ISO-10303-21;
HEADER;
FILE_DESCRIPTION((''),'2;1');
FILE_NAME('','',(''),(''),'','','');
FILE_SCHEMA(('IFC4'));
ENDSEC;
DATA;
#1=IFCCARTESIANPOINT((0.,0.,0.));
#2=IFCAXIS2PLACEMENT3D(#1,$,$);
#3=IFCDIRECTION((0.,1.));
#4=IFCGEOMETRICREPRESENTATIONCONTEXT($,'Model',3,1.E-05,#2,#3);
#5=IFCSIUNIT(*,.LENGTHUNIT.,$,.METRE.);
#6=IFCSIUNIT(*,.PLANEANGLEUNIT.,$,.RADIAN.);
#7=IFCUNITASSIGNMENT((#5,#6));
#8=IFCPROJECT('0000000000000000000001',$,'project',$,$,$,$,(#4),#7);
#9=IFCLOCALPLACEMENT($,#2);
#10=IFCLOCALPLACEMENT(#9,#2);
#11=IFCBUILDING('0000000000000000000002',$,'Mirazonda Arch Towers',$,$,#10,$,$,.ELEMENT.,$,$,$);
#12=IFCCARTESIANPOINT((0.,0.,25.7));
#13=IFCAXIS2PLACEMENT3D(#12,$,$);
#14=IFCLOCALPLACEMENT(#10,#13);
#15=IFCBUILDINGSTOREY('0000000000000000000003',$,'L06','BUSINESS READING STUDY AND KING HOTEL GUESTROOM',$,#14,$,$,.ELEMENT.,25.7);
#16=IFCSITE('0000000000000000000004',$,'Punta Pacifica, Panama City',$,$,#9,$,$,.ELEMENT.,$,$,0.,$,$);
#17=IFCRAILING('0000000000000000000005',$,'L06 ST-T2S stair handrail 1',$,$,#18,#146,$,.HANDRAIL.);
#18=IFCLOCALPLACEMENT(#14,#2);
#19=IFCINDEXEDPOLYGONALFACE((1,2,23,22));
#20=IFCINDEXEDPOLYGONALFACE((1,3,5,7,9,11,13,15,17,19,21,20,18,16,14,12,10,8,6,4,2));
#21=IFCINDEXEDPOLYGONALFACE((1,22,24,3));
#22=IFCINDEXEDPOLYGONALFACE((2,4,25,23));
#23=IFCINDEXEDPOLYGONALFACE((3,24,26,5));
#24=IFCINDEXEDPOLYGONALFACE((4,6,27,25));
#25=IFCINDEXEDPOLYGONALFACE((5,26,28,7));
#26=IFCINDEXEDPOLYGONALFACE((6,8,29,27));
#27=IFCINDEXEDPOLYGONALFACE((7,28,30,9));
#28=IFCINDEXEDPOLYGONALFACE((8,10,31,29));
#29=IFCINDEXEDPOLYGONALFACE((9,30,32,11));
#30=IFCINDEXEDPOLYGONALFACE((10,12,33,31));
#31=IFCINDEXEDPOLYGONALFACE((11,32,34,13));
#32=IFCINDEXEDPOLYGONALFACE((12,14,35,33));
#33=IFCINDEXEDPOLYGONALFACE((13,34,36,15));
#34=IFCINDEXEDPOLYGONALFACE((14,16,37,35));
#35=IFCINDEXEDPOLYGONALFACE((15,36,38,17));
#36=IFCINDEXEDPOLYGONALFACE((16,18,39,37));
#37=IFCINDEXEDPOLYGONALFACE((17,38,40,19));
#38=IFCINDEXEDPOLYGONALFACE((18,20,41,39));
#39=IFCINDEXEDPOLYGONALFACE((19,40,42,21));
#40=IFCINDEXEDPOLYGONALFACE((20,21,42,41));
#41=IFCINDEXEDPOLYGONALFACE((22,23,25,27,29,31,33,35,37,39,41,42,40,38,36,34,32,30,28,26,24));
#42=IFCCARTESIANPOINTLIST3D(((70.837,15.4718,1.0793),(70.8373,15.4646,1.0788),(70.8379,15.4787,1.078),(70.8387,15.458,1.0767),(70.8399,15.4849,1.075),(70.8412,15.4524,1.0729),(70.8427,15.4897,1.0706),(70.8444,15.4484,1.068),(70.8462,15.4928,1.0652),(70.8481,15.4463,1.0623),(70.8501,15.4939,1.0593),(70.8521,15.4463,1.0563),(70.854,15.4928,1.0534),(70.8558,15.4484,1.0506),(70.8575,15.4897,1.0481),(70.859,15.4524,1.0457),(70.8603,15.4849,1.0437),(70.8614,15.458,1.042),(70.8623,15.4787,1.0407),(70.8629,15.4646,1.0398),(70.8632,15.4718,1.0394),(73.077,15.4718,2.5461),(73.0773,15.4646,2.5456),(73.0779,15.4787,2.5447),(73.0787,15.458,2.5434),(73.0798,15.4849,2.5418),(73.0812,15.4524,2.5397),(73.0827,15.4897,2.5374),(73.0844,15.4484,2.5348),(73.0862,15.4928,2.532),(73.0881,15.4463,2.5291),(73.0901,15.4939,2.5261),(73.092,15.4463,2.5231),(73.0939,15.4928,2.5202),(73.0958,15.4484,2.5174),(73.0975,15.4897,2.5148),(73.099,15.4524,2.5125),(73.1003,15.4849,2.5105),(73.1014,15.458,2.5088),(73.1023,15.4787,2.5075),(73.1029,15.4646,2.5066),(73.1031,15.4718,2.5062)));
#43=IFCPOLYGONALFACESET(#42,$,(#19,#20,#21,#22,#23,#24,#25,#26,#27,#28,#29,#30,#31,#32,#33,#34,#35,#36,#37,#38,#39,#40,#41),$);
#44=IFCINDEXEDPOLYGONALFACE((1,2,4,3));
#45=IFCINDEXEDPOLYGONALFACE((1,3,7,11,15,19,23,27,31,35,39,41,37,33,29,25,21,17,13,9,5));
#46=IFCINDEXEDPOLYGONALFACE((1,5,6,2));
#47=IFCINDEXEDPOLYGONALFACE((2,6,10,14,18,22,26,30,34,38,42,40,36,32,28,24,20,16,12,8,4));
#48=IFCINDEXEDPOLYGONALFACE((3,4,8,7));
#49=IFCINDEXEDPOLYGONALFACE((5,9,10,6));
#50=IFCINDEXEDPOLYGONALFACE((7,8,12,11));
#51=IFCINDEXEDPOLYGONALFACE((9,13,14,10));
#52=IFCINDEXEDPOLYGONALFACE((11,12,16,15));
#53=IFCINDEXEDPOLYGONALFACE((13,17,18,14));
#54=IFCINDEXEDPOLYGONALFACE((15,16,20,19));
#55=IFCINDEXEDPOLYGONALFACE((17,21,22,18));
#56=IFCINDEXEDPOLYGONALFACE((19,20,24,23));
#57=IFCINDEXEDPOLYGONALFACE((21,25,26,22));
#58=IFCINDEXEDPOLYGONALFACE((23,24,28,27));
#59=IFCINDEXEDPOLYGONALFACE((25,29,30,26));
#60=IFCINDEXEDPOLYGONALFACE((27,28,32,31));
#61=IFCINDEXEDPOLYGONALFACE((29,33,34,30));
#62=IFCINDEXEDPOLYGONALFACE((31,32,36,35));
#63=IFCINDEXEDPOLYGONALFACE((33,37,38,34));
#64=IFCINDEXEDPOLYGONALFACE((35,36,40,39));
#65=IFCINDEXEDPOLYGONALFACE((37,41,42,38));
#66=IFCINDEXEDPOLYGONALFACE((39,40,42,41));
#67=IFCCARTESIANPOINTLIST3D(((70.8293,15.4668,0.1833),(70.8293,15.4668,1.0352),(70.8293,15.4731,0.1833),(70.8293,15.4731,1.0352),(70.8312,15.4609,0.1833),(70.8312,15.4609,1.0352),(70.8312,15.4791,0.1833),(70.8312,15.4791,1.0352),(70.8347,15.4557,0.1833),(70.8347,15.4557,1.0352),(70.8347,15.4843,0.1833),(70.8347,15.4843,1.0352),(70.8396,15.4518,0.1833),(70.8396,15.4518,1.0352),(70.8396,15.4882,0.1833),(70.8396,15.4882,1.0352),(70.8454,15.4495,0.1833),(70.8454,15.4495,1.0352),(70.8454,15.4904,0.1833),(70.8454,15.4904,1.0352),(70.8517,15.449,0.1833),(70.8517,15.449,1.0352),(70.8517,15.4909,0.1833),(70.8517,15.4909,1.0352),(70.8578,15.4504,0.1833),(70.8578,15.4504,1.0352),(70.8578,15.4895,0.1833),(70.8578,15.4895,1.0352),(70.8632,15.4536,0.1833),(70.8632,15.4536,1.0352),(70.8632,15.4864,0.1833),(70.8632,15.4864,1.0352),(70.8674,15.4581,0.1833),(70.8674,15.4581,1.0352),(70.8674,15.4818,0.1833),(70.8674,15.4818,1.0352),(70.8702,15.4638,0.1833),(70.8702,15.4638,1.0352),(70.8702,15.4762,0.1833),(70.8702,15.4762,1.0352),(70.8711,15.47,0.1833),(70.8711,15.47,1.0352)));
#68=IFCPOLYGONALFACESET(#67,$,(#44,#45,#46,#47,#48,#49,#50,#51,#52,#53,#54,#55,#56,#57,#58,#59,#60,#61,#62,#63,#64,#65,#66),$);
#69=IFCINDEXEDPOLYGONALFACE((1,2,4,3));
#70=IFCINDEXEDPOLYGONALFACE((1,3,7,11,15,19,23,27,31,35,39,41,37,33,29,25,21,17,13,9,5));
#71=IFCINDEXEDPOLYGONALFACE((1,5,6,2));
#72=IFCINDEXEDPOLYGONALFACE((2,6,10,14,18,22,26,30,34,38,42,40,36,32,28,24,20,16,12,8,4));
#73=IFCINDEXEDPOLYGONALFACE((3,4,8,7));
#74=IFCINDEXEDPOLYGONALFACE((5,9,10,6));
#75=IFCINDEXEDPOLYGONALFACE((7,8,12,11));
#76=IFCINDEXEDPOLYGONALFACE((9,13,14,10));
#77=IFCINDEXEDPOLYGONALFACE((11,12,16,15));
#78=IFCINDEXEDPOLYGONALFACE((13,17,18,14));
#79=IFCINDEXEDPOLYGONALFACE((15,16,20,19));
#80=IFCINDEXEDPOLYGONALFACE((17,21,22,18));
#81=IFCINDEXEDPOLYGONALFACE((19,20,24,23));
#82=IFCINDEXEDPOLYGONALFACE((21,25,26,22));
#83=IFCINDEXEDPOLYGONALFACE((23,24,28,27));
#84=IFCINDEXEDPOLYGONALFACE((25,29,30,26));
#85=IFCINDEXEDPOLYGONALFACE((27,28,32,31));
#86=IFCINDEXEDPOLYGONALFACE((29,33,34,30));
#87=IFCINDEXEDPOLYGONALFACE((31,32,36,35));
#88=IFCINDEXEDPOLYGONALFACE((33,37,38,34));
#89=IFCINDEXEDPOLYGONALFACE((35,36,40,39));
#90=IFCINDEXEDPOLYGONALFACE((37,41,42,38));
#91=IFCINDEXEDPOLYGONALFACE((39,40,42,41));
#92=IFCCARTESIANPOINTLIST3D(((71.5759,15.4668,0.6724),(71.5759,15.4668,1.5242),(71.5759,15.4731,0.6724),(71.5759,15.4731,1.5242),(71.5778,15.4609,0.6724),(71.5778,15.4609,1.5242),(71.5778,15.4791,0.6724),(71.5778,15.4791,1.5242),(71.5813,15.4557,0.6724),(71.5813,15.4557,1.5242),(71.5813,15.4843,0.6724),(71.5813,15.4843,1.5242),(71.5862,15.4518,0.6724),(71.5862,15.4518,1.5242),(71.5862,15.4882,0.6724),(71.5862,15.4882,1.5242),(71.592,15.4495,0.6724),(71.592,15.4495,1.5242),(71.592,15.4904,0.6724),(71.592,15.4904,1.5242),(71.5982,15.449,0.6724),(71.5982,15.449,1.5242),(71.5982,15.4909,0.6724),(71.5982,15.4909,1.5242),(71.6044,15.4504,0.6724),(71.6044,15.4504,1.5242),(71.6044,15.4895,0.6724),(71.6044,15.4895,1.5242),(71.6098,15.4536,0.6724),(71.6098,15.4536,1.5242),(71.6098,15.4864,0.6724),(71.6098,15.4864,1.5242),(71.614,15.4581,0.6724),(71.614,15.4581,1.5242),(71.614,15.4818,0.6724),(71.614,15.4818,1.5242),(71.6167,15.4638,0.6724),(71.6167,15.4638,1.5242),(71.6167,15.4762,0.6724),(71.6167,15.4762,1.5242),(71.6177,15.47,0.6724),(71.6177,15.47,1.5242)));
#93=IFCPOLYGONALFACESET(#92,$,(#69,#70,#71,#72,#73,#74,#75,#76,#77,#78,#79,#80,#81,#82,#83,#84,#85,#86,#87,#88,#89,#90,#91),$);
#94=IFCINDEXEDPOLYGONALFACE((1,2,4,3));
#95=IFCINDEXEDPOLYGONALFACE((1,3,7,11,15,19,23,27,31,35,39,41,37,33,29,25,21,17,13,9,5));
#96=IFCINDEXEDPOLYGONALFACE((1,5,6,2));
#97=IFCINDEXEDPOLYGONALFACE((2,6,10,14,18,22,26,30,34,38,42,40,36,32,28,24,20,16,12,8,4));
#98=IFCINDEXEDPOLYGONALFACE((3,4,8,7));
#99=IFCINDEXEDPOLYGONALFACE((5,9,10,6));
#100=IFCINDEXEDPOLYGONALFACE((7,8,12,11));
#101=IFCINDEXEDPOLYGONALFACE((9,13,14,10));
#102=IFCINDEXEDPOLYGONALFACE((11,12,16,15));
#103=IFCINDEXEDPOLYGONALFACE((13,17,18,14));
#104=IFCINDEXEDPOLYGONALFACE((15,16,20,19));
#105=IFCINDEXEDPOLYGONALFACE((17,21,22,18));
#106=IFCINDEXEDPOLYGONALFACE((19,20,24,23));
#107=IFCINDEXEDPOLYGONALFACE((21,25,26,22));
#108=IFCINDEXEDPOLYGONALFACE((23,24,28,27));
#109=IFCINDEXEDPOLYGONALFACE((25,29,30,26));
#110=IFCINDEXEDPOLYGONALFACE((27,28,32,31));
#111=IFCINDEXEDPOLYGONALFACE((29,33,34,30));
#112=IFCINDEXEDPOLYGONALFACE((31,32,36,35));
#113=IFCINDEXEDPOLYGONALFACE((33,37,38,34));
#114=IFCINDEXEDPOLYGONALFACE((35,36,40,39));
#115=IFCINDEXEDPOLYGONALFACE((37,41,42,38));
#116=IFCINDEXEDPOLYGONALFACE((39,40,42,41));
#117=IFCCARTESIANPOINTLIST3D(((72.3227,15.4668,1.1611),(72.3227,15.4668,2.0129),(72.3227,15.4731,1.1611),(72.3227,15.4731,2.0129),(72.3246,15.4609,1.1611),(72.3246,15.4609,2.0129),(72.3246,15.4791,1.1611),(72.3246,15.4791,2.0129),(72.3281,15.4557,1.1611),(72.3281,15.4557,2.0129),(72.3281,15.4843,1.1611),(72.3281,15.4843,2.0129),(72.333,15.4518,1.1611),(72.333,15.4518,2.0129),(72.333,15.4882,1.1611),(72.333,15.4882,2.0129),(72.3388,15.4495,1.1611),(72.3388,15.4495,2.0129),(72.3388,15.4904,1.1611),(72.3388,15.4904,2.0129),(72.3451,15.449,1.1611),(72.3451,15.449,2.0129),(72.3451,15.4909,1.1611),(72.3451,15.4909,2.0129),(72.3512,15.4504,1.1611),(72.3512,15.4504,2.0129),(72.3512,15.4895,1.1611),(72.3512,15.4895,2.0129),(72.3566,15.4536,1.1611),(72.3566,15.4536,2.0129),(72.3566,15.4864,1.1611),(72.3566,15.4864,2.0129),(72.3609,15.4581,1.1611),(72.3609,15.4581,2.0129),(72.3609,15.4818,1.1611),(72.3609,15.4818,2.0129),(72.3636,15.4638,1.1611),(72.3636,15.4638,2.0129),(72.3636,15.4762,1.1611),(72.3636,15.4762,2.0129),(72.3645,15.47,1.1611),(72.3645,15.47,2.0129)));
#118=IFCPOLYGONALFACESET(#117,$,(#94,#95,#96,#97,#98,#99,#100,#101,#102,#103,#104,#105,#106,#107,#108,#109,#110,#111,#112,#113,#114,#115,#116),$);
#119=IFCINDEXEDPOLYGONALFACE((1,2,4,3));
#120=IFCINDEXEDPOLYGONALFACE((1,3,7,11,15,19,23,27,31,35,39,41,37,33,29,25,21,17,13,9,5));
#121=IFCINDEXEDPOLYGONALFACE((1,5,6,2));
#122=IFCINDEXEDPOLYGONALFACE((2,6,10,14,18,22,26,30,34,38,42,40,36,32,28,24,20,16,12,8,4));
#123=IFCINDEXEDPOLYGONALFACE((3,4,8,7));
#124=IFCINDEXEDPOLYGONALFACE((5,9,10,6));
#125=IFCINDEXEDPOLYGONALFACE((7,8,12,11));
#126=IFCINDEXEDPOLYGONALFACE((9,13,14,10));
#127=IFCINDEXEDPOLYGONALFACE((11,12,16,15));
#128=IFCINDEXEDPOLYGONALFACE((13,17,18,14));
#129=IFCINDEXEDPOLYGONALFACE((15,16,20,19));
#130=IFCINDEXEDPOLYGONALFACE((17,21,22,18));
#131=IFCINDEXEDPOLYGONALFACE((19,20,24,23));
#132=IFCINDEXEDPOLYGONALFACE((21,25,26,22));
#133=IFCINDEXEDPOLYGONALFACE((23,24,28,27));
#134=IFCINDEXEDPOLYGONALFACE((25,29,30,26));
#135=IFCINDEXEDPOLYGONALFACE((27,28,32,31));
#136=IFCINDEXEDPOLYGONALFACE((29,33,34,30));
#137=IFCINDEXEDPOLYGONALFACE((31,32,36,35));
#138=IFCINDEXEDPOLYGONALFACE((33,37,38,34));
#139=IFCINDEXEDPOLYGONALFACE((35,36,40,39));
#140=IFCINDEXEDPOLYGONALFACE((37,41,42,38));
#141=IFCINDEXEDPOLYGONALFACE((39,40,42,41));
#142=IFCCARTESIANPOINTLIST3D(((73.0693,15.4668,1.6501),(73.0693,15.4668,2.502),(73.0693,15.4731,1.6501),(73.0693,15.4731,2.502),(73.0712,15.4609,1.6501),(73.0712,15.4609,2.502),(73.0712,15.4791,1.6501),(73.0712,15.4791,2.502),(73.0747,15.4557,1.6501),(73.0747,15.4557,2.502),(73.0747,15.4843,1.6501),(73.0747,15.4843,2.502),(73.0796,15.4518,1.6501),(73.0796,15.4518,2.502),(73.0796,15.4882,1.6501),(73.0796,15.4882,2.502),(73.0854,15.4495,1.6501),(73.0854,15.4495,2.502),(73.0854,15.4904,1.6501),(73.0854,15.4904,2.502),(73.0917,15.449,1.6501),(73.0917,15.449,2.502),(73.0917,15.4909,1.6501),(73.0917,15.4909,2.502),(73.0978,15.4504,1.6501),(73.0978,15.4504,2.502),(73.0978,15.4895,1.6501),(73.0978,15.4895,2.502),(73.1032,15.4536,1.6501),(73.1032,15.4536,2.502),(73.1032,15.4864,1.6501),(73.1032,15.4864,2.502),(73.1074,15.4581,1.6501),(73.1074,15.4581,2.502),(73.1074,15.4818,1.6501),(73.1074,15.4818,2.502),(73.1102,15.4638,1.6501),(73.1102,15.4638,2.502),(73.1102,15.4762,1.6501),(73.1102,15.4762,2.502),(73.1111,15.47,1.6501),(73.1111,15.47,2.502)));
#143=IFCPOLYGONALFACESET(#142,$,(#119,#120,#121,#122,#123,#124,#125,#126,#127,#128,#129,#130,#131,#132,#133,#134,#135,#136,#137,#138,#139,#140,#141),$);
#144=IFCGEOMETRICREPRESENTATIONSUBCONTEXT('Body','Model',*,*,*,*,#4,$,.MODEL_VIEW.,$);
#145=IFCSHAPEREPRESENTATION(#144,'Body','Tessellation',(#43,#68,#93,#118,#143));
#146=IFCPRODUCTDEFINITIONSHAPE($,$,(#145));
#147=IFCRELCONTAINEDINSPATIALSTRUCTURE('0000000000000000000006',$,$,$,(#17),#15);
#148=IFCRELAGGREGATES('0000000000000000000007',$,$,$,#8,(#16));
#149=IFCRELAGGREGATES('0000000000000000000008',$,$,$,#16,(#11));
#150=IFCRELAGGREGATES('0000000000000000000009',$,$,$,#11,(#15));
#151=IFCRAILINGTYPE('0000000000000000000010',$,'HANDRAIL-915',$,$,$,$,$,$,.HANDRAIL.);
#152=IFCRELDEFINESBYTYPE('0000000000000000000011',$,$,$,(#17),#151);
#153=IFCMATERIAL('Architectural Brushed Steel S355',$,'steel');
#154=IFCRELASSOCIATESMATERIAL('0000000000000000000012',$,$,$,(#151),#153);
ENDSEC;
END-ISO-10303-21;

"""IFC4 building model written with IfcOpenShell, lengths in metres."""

from ifc_helpers import new_model, si_unit, direction, frame, origin, origin_2d, place, context, subcontext, project, spatial, circle, extrude, material, type_object, element, save


model = new_model("IFC4")

# Units and contexts
model_context = context("Model", 3, precision=1e-05, world=origin(), true_north=direction((0.0, 1.0)))
body_context = subcontext(model_context, "Body", "Model", "MODEL_VIEW")
ifc_project = project(units=[si_unit("LENGTHUNIT", "METRE"), si_unit("PLANEANGLEUNIT", "RADIAN")], contexts=[model_context])

# Site, building, storey
site_placement = place(None, origin())
site = spatial("IfcSite", under=ifc_project, at=site_placement, Name="Punta Pacifica, Panama City", CompositionType="ELEMENT", RefElevation=0.0)
building_placement = place(site_placement, origin())
building = spatial("IfcBuilding", under=site, at=building_placement, Name="Mirazonda Arch Towers", CompositionType="ELEMENT")
storey_placement = place(building_placement, frame((0.0, 0.0, 25.7)))
storey = spatial("IfcBuildingStorey", under=building, at=storey_placement, Name="L06", Description="BUSINESS READING STUDY AND KING HOTEL GUESTROOM", CompositionType="ELEMENT", Elevation=25.7)

# Railing
ifc_material_1 = material(Name="Architectural Brushed Steel S355", Category="steel")
railing_type_1 = type_object("IfcRailingType", Name="HANDRAIL-915", PredefinedType="HANDRAIL", material=ifc_material_1)
railing_1_placement = place(storey_placement, frame((70.8501, 15.47, 0.1833)))
element("IfcRailing", 1, at=railing_1_placement, inside=storey, type_object=railing_type_1, Name="L06 ST-T2S stair handrail 1", PredefinedType="HANDRAIL", context=body_context, shape_type="SweptSolid", body=[
    extrude(circle(Radius=0.0239, at=origin_2d()), frame((0.0, 0.0, 0.876), z_axis=(0.836595, 0.0, 0.547822), x_axis=(0.0, 1.0, 0.0)), (0.0, 0.0, 1.0), 2.6775),
    extrude(circle(Radius=0.021, at=origin_2d()), origin(), (0.0, 0.0, 1.0), 0.8518),
    extrude(circle(Radius=0.021, at=origin_2d()), frame((0.7466, 0.0, 0.489)), (0.0, 0.0, 1.0), 0.8518),
    extrude(circle(Radius=0.021, at=origin_2d()), frame((1.4934, 0.0, 0.9778)), (0.0, 0.0, 1.0), 0.8518),
    extrude(circle(Radius=0.021, at=origin_2d()), frame((2.24, 0.0, 1.4668)), (0.0, 0.0, 1.0), 0.8518),
])

save(model, "model.ifc")
